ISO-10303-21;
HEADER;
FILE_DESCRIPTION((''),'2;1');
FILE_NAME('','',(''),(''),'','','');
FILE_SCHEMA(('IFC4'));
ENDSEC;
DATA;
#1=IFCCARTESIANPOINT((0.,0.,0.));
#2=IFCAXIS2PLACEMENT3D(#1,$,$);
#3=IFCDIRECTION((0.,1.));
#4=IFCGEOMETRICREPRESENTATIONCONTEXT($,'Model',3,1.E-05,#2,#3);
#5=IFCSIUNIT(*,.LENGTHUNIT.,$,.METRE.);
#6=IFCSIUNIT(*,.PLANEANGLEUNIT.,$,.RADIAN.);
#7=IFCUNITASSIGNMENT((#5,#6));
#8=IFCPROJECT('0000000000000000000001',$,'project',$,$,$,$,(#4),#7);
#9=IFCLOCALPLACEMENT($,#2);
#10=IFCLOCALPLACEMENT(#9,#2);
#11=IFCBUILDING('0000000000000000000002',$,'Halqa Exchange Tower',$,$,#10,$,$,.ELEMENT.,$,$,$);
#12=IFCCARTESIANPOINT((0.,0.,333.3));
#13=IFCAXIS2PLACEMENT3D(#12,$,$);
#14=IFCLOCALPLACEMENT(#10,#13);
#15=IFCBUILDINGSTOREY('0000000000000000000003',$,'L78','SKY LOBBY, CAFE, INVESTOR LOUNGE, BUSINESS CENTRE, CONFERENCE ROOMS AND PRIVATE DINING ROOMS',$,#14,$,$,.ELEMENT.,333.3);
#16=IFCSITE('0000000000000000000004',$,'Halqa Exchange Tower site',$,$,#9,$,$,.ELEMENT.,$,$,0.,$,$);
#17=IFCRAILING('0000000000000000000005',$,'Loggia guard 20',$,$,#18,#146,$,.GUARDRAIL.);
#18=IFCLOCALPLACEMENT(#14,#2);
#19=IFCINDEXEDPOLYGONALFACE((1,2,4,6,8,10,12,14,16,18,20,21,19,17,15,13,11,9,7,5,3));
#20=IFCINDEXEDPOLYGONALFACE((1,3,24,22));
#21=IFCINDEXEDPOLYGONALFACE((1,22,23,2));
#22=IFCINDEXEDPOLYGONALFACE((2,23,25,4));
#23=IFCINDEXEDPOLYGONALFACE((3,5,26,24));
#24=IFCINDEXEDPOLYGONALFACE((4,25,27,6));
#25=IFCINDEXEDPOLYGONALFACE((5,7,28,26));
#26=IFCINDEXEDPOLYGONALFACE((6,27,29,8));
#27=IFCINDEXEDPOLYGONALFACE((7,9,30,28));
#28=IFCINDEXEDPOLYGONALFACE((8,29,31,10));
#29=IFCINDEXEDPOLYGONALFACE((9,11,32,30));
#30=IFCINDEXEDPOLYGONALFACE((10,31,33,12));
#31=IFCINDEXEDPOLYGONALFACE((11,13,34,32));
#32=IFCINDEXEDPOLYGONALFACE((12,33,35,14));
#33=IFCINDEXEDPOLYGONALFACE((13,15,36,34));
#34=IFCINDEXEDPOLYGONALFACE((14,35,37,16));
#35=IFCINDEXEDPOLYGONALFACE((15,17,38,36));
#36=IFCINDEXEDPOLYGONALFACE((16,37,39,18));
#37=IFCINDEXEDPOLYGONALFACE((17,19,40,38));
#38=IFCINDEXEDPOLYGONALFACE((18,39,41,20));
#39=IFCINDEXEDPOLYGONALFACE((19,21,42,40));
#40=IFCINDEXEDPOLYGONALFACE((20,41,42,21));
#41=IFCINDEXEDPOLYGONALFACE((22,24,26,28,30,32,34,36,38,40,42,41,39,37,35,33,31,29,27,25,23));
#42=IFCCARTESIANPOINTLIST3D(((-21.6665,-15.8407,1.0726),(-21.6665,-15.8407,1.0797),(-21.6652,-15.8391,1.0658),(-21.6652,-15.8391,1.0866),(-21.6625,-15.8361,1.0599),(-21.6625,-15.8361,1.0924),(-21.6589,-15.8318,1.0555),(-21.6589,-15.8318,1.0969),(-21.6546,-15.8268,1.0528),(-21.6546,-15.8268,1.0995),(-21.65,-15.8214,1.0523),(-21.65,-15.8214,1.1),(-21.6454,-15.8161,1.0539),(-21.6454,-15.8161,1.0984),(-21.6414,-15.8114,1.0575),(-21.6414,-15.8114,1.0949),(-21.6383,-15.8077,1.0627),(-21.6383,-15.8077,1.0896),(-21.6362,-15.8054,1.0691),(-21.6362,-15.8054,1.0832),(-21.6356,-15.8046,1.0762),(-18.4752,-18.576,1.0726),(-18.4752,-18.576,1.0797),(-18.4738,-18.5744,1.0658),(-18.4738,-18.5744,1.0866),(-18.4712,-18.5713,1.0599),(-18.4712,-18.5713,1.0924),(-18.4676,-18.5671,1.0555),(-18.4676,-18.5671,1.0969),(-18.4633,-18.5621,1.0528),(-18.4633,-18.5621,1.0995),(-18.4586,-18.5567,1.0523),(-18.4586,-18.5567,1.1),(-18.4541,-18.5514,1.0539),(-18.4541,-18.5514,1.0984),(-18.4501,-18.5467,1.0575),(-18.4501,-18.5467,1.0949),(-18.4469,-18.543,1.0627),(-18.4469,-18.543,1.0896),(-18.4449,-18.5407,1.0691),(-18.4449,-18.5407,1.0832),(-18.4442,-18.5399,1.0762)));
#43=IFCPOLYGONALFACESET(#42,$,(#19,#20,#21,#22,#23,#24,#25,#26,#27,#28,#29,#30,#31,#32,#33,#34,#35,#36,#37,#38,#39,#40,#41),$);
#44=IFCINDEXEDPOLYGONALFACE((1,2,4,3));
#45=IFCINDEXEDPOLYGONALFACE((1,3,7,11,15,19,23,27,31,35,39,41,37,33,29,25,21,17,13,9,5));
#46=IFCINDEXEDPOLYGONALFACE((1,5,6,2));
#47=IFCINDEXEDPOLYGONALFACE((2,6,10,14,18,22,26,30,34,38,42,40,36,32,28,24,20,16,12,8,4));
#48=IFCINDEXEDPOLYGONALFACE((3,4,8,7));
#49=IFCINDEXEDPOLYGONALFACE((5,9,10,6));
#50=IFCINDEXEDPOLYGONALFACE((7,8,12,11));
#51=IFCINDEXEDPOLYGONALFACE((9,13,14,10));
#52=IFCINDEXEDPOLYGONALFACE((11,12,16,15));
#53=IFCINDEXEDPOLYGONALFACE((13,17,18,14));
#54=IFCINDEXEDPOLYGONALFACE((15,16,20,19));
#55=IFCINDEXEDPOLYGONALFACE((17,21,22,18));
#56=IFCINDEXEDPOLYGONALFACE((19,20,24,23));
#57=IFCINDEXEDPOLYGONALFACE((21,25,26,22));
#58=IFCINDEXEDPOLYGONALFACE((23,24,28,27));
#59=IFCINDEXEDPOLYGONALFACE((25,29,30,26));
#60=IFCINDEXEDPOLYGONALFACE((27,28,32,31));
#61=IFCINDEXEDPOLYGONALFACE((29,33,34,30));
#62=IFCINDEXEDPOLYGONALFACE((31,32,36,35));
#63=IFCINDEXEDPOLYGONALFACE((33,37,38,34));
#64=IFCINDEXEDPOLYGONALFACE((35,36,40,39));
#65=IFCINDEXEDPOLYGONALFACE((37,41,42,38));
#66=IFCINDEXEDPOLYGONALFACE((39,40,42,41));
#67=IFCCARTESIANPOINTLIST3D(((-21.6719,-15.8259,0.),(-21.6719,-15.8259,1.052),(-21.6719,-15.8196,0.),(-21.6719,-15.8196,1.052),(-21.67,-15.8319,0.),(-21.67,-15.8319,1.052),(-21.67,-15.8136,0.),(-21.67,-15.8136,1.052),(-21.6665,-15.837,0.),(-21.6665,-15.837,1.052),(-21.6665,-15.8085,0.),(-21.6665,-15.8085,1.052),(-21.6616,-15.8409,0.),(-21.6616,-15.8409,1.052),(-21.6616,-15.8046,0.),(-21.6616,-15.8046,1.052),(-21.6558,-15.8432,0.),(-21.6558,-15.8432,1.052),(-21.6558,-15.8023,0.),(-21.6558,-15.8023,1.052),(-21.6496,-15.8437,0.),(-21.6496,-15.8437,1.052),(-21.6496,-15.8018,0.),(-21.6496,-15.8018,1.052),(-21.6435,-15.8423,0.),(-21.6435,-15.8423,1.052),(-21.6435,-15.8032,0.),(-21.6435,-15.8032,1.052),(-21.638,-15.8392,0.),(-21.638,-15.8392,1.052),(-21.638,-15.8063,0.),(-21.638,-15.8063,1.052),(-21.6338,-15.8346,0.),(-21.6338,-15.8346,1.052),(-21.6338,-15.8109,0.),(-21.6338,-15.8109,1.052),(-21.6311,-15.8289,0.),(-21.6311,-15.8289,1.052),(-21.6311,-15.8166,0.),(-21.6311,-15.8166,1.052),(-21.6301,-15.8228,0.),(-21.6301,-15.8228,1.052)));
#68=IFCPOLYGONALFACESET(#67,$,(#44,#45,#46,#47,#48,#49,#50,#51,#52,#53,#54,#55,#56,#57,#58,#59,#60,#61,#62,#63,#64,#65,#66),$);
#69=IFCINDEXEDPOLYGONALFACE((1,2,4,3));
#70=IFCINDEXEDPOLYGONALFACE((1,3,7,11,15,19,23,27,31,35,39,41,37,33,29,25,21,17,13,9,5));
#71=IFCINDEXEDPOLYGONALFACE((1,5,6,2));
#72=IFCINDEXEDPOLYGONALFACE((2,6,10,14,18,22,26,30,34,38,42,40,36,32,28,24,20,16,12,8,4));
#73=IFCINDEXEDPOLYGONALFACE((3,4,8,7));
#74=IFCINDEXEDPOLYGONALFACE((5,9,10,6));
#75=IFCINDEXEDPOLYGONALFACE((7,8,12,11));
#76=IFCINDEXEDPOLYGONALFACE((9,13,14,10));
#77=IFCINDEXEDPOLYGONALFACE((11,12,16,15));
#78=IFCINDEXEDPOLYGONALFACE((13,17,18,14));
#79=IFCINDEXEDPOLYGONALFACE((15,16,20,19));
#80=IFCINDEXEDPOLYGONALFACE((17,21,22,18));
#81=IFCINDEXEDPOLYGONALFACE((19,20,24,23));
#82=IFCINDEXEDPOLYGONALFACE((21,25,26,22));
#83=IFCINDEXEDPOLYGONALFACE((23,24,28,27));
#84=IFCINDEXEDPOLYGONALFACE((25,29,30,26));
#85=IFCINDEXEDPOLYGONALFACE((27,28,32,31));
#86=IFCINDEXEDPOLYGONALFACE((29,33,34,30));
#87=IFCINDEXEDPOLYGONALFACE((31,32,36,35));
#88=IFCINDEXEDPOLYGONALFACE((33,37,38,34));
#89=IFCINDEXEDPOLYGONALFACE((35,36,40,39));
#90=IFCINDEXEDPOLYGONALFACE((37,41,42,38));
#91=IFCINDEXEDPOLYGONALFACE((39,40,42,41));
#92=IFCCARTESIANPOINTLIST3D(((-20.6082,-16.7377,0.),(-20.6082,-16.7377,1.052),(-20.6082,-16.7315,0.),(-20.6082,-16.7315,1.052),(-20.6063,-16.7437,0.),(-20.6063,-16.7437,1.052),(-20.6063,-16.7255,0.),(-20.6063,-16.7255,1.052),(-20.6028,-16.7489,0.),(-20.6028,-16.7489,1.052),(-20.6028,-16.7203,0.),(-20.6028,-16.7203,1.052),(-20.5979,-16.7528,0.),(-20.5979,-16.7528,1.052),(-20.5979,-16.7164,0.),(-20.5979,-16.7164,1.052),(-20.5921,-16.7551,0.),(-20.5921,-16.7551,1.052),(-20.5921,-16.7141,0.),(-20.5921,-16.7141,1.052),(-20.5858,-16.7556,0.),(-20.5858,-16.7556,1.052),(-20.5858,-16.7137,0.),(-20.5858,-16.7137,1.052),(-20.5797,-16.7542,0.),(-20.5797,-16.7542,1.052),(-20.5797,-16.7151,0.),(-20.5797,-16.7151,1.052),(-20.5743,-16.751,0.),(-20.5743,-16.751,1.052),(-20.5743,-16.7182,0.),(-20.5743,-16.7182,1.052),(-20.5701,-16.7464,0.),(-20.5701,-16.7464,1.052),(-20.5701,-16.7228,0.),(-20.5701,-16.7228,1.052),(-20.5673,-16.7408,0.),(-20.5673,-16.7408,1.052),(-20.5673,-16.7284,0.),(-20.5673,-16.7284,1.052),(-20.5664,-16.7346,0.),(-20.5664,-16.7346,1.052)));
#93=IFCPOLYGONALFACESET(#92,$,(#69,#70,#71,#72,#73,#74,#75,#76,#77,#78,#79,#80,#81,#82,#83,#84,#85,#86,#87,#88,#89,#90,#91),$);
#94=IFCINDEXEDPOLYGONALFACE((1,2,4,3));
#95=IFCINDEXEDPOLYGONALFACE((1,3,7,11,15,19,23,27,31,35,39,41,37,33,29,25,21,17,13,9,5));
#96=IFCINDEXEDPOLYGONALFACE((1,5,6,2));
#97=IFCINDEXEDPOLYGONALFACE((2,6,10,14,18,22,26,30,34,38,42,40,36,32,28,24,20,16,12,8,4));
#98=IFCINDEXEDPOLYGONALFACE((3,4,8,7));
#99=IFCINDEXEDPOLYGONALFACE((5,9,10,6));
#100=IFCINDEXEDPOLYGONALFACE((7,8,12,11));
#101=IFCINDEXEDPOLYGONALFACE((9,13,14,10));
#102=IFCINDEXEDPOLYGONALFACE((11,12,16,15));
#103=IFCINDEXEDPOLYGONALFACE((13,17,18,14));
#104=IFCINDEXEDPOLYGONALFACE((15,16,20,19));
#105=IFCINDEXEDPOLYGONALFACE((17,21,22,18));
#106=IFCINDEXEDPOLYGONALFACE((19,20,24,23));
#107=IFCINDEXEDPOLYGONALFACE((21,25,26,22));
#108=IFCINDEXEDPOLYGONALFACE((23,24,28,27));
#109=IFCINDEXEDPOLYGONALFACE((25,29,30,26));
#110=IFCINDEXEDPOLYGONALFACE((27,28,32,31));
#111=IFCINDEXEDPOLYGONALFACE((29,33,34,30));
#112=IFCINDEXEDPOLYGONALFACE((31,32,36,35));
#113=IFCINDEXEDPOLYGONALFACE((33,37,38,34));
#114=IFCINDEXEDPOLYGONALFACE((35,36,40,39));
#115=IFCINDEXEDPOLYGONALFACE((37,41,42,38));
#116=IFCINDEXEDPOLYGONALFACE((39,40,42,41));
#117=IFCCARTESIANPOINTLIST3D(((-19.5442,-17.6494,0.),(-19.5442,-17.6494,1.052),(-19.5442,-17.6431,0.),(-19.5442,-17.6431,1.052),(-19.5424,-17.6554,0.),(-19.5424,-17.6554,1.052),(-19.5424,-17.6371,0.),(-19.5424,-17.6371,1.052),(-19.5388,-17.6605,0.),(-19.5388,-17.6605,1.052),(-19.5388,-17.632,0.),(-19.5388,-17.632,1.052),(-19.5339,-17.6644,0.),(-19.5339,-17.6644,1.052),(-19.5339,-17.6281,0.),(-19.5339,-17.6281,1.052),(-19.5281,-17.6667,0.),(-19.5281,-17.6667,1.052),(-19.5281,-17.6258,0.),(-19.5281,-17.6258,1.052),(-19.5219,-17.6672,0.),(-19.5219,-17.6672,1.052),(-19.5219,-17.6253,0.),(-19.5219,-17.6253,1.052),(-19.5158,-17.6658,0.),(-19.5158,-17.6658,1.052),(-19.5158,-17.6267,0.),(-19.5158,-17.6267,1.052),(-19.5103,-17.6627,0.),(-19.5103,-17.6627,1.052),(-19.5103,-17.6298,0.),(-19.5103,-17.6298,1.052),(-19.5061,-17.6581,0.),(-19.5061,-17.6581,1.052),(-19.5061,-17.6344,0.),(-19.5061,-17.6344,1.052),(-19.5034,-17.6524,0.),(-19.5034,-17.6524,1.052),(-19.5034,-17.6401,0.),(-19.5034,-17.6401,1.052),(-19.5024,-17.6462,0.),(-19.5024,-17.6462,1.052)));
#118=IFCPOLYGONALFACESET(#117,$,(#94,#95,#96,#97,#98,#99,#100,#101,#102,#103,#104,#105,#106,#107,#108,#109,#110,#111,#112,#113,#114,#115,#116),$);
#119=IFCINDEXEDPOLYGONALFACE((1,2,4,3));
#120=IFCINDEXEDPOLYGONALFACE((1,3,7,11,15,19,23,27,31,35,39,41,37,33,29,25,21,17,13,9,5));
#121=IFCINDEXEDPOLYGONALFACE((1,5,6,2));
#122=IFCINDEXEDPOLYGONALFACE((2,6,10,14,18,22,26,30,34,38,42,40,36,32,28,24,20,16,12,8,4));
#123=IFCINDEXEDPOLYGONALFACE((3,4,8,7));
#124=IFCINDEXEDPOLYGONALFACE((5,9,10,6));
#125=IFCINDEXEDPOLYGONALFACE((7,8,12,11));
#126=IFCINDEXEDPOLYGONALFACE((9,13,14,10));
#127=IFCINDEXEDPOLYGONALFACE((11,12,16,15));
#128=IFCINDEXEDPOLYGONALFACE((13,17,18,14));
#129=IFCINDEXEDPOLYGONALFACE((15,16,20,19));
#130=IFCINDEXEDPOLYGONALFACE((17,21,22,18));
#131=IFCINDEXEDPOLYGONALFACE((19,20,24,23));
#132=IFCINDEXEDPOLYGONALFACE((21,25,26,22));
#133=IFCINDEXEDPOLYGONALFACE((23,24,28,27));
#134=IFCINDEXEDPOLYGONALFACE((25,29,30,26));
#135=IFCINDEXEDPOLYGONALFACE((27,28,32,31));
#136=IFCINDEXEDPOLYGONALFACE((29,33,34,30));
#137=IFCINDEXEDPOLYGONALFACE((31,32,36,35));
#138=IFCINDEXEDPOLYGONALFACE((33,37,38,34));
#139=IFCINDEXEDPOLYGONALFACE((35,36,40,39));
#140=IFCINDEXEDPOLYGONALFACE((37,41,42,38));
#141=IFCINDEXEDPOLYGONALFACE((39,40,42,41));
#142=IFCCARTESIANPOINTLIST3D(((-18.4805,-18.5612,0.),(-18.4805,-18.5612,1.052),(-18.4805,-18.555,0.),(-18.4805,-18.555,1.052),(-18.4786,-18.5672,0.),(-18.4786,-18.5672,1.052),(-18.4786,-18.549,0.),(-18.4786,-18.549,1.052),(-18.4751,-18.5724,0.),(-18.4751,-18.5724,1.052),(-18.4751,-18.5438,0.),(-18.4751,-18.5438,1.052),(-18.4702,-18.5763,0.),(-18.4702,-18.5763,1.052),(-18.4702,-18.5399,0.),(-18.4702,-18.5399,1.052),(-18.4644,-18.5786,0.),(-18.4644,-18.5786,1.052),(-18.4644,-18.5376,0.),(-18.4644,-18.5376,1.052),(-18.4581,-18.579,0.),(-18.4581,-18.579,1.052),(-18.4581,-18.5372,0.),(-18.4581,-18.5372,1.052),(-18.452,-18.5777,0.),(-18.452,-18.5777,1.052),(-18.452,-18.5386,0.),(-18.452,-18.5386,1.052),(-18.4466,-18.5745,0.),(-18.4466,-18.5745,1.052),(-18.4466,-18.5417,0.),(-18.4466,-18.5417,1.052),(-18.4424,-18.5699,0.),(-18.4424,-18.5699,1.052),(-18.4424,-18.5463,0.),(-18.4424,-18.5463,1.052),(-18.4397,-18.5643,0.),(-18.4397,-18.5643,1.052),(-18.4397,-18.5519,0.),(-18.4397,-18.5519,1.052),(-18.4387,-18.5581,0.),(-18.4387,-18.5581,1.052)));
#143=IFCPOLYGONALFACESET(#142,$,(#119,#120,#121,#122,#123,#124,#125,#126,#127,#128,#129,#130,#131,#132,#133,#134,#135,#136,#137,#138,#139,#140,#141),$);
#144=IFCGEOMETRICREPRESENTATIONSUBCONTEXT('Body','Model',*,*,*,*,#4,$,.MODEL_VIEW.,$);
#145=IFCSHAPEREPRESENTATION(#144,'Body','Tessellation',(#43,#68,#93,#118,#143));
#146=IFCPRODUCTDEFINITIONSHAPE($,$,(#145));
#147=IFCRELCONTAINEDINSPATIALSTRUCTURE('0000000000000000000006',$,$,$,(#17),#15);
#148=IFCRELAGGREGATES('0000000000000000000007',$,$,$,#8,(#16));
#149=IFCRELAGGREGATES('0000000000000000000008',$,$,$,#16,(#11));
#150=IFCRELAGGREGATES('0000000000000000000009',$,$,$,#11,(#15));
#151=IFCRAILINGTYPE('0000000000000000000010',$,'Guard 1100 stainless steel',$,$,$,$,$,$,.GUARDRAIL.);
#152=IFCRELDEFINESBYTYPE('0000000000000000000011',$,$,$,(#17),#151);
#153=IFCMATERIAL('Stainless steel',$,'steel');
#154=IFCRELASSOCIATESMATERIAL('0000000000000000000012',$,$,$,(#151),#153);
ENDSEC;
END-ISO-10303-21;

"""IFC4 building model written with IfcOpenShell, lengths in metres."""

from ifc_helpers import new_model, si_unit, direction, frame, origin, origin_2d, place, context, subcontext, project, spatial, circle, extrude, material, type_object, element, save


model = new_model("IFC4")

# Units and contexts
model_context = context("Model", 3, precision=1e-05, world=origin(), true_north=direction((0.0, 1.0)))
body_context = subcontext(model_context, "Body", "Model", "MODEL_VIEW")
ifc_project = project(units=[si_unit("LENGTHUNIT", "METRE"), si_unit("PLANEANGLEUNIT", "RADIAN")], contexts=[model_context])

# Site, building, storey
site_placement = place(None, origin())
site = spatial("IfcSite", under=ifc_project, at=site_placement, Name="Halqa Exchange Tower site", CompositionType="ELEMENT", RefElevation=0.0)
building_placement = place(site_placement, origin())
building = spatial("IfcBuilding", under=site, at=building_placement, Name="Halqa Exchange Tower", CompositionType="ELEMENT")
storey_placement = place(building_placement, frame((0.0, 0.0, 333.3)))
storey = spatial("IfcBuildingStorey", under=building, at=storey_placement, Name="L78", Description="SKY LOBBY, CAFE, INVESTOR LOUNGE, BUSINESS CENTRE, CONFERENCE ROOMS AND PRIVATE DINING ROOMS", CompositionType="ELEMENT", Elevation=333.3)

# Railing
ifc_material_1 = material(Name="Stainless steel", Category="steel")
railing_type = type_object("IfcRailingType", Name="Guard 1100 stainless steel", PredefinedType="GUARDRAIL", material=ifc_material_1)
railing_1_placement = place(storey_placement, frame((-21.6511, -15.8228, 0.0)))
element("IfcRailing", 1, at=railing_1_placement, inside=storey, type_object=railing_type, Name="Loggia guard 20", PredefinedType="GUARDRAIL", context=body_context, shape_type="SweptSolid", body=[
    extrude(circle(Radius=0.0239, at=origin_2d()), frame((0.0, 0.0, 1.0762), z_axis=(0.759273, -0.650772, 0.0), x_axis=(0.650772, 0.759273, 0.0)), (0.0, 0.0, 1.0), 4.2031),
    extrude(circle(Radius=0.021, at=origin_2d()), origin(), (0.0, 0.0, 1.0), 1.052),
    extrude(circle(Radius=0.021, at=origin_2d()), frame((1.0637, -0.9119, 0.0)), (0.0, 0.0, 1.0), 1.052),
    extrude(circle(Radius=0.021, at=origin_2d()), frame((2.1277, -1.8235, 0.0)), (0.0, 0.0, 1.0), 1.052),
    extrude(circle(Radius=0.021, at=origin_2d()), frame((3.1914, -2.7354, 0.0)), (0.0, 0.0, 1.0), 1.052),
])

save(model, "model.ifc")
